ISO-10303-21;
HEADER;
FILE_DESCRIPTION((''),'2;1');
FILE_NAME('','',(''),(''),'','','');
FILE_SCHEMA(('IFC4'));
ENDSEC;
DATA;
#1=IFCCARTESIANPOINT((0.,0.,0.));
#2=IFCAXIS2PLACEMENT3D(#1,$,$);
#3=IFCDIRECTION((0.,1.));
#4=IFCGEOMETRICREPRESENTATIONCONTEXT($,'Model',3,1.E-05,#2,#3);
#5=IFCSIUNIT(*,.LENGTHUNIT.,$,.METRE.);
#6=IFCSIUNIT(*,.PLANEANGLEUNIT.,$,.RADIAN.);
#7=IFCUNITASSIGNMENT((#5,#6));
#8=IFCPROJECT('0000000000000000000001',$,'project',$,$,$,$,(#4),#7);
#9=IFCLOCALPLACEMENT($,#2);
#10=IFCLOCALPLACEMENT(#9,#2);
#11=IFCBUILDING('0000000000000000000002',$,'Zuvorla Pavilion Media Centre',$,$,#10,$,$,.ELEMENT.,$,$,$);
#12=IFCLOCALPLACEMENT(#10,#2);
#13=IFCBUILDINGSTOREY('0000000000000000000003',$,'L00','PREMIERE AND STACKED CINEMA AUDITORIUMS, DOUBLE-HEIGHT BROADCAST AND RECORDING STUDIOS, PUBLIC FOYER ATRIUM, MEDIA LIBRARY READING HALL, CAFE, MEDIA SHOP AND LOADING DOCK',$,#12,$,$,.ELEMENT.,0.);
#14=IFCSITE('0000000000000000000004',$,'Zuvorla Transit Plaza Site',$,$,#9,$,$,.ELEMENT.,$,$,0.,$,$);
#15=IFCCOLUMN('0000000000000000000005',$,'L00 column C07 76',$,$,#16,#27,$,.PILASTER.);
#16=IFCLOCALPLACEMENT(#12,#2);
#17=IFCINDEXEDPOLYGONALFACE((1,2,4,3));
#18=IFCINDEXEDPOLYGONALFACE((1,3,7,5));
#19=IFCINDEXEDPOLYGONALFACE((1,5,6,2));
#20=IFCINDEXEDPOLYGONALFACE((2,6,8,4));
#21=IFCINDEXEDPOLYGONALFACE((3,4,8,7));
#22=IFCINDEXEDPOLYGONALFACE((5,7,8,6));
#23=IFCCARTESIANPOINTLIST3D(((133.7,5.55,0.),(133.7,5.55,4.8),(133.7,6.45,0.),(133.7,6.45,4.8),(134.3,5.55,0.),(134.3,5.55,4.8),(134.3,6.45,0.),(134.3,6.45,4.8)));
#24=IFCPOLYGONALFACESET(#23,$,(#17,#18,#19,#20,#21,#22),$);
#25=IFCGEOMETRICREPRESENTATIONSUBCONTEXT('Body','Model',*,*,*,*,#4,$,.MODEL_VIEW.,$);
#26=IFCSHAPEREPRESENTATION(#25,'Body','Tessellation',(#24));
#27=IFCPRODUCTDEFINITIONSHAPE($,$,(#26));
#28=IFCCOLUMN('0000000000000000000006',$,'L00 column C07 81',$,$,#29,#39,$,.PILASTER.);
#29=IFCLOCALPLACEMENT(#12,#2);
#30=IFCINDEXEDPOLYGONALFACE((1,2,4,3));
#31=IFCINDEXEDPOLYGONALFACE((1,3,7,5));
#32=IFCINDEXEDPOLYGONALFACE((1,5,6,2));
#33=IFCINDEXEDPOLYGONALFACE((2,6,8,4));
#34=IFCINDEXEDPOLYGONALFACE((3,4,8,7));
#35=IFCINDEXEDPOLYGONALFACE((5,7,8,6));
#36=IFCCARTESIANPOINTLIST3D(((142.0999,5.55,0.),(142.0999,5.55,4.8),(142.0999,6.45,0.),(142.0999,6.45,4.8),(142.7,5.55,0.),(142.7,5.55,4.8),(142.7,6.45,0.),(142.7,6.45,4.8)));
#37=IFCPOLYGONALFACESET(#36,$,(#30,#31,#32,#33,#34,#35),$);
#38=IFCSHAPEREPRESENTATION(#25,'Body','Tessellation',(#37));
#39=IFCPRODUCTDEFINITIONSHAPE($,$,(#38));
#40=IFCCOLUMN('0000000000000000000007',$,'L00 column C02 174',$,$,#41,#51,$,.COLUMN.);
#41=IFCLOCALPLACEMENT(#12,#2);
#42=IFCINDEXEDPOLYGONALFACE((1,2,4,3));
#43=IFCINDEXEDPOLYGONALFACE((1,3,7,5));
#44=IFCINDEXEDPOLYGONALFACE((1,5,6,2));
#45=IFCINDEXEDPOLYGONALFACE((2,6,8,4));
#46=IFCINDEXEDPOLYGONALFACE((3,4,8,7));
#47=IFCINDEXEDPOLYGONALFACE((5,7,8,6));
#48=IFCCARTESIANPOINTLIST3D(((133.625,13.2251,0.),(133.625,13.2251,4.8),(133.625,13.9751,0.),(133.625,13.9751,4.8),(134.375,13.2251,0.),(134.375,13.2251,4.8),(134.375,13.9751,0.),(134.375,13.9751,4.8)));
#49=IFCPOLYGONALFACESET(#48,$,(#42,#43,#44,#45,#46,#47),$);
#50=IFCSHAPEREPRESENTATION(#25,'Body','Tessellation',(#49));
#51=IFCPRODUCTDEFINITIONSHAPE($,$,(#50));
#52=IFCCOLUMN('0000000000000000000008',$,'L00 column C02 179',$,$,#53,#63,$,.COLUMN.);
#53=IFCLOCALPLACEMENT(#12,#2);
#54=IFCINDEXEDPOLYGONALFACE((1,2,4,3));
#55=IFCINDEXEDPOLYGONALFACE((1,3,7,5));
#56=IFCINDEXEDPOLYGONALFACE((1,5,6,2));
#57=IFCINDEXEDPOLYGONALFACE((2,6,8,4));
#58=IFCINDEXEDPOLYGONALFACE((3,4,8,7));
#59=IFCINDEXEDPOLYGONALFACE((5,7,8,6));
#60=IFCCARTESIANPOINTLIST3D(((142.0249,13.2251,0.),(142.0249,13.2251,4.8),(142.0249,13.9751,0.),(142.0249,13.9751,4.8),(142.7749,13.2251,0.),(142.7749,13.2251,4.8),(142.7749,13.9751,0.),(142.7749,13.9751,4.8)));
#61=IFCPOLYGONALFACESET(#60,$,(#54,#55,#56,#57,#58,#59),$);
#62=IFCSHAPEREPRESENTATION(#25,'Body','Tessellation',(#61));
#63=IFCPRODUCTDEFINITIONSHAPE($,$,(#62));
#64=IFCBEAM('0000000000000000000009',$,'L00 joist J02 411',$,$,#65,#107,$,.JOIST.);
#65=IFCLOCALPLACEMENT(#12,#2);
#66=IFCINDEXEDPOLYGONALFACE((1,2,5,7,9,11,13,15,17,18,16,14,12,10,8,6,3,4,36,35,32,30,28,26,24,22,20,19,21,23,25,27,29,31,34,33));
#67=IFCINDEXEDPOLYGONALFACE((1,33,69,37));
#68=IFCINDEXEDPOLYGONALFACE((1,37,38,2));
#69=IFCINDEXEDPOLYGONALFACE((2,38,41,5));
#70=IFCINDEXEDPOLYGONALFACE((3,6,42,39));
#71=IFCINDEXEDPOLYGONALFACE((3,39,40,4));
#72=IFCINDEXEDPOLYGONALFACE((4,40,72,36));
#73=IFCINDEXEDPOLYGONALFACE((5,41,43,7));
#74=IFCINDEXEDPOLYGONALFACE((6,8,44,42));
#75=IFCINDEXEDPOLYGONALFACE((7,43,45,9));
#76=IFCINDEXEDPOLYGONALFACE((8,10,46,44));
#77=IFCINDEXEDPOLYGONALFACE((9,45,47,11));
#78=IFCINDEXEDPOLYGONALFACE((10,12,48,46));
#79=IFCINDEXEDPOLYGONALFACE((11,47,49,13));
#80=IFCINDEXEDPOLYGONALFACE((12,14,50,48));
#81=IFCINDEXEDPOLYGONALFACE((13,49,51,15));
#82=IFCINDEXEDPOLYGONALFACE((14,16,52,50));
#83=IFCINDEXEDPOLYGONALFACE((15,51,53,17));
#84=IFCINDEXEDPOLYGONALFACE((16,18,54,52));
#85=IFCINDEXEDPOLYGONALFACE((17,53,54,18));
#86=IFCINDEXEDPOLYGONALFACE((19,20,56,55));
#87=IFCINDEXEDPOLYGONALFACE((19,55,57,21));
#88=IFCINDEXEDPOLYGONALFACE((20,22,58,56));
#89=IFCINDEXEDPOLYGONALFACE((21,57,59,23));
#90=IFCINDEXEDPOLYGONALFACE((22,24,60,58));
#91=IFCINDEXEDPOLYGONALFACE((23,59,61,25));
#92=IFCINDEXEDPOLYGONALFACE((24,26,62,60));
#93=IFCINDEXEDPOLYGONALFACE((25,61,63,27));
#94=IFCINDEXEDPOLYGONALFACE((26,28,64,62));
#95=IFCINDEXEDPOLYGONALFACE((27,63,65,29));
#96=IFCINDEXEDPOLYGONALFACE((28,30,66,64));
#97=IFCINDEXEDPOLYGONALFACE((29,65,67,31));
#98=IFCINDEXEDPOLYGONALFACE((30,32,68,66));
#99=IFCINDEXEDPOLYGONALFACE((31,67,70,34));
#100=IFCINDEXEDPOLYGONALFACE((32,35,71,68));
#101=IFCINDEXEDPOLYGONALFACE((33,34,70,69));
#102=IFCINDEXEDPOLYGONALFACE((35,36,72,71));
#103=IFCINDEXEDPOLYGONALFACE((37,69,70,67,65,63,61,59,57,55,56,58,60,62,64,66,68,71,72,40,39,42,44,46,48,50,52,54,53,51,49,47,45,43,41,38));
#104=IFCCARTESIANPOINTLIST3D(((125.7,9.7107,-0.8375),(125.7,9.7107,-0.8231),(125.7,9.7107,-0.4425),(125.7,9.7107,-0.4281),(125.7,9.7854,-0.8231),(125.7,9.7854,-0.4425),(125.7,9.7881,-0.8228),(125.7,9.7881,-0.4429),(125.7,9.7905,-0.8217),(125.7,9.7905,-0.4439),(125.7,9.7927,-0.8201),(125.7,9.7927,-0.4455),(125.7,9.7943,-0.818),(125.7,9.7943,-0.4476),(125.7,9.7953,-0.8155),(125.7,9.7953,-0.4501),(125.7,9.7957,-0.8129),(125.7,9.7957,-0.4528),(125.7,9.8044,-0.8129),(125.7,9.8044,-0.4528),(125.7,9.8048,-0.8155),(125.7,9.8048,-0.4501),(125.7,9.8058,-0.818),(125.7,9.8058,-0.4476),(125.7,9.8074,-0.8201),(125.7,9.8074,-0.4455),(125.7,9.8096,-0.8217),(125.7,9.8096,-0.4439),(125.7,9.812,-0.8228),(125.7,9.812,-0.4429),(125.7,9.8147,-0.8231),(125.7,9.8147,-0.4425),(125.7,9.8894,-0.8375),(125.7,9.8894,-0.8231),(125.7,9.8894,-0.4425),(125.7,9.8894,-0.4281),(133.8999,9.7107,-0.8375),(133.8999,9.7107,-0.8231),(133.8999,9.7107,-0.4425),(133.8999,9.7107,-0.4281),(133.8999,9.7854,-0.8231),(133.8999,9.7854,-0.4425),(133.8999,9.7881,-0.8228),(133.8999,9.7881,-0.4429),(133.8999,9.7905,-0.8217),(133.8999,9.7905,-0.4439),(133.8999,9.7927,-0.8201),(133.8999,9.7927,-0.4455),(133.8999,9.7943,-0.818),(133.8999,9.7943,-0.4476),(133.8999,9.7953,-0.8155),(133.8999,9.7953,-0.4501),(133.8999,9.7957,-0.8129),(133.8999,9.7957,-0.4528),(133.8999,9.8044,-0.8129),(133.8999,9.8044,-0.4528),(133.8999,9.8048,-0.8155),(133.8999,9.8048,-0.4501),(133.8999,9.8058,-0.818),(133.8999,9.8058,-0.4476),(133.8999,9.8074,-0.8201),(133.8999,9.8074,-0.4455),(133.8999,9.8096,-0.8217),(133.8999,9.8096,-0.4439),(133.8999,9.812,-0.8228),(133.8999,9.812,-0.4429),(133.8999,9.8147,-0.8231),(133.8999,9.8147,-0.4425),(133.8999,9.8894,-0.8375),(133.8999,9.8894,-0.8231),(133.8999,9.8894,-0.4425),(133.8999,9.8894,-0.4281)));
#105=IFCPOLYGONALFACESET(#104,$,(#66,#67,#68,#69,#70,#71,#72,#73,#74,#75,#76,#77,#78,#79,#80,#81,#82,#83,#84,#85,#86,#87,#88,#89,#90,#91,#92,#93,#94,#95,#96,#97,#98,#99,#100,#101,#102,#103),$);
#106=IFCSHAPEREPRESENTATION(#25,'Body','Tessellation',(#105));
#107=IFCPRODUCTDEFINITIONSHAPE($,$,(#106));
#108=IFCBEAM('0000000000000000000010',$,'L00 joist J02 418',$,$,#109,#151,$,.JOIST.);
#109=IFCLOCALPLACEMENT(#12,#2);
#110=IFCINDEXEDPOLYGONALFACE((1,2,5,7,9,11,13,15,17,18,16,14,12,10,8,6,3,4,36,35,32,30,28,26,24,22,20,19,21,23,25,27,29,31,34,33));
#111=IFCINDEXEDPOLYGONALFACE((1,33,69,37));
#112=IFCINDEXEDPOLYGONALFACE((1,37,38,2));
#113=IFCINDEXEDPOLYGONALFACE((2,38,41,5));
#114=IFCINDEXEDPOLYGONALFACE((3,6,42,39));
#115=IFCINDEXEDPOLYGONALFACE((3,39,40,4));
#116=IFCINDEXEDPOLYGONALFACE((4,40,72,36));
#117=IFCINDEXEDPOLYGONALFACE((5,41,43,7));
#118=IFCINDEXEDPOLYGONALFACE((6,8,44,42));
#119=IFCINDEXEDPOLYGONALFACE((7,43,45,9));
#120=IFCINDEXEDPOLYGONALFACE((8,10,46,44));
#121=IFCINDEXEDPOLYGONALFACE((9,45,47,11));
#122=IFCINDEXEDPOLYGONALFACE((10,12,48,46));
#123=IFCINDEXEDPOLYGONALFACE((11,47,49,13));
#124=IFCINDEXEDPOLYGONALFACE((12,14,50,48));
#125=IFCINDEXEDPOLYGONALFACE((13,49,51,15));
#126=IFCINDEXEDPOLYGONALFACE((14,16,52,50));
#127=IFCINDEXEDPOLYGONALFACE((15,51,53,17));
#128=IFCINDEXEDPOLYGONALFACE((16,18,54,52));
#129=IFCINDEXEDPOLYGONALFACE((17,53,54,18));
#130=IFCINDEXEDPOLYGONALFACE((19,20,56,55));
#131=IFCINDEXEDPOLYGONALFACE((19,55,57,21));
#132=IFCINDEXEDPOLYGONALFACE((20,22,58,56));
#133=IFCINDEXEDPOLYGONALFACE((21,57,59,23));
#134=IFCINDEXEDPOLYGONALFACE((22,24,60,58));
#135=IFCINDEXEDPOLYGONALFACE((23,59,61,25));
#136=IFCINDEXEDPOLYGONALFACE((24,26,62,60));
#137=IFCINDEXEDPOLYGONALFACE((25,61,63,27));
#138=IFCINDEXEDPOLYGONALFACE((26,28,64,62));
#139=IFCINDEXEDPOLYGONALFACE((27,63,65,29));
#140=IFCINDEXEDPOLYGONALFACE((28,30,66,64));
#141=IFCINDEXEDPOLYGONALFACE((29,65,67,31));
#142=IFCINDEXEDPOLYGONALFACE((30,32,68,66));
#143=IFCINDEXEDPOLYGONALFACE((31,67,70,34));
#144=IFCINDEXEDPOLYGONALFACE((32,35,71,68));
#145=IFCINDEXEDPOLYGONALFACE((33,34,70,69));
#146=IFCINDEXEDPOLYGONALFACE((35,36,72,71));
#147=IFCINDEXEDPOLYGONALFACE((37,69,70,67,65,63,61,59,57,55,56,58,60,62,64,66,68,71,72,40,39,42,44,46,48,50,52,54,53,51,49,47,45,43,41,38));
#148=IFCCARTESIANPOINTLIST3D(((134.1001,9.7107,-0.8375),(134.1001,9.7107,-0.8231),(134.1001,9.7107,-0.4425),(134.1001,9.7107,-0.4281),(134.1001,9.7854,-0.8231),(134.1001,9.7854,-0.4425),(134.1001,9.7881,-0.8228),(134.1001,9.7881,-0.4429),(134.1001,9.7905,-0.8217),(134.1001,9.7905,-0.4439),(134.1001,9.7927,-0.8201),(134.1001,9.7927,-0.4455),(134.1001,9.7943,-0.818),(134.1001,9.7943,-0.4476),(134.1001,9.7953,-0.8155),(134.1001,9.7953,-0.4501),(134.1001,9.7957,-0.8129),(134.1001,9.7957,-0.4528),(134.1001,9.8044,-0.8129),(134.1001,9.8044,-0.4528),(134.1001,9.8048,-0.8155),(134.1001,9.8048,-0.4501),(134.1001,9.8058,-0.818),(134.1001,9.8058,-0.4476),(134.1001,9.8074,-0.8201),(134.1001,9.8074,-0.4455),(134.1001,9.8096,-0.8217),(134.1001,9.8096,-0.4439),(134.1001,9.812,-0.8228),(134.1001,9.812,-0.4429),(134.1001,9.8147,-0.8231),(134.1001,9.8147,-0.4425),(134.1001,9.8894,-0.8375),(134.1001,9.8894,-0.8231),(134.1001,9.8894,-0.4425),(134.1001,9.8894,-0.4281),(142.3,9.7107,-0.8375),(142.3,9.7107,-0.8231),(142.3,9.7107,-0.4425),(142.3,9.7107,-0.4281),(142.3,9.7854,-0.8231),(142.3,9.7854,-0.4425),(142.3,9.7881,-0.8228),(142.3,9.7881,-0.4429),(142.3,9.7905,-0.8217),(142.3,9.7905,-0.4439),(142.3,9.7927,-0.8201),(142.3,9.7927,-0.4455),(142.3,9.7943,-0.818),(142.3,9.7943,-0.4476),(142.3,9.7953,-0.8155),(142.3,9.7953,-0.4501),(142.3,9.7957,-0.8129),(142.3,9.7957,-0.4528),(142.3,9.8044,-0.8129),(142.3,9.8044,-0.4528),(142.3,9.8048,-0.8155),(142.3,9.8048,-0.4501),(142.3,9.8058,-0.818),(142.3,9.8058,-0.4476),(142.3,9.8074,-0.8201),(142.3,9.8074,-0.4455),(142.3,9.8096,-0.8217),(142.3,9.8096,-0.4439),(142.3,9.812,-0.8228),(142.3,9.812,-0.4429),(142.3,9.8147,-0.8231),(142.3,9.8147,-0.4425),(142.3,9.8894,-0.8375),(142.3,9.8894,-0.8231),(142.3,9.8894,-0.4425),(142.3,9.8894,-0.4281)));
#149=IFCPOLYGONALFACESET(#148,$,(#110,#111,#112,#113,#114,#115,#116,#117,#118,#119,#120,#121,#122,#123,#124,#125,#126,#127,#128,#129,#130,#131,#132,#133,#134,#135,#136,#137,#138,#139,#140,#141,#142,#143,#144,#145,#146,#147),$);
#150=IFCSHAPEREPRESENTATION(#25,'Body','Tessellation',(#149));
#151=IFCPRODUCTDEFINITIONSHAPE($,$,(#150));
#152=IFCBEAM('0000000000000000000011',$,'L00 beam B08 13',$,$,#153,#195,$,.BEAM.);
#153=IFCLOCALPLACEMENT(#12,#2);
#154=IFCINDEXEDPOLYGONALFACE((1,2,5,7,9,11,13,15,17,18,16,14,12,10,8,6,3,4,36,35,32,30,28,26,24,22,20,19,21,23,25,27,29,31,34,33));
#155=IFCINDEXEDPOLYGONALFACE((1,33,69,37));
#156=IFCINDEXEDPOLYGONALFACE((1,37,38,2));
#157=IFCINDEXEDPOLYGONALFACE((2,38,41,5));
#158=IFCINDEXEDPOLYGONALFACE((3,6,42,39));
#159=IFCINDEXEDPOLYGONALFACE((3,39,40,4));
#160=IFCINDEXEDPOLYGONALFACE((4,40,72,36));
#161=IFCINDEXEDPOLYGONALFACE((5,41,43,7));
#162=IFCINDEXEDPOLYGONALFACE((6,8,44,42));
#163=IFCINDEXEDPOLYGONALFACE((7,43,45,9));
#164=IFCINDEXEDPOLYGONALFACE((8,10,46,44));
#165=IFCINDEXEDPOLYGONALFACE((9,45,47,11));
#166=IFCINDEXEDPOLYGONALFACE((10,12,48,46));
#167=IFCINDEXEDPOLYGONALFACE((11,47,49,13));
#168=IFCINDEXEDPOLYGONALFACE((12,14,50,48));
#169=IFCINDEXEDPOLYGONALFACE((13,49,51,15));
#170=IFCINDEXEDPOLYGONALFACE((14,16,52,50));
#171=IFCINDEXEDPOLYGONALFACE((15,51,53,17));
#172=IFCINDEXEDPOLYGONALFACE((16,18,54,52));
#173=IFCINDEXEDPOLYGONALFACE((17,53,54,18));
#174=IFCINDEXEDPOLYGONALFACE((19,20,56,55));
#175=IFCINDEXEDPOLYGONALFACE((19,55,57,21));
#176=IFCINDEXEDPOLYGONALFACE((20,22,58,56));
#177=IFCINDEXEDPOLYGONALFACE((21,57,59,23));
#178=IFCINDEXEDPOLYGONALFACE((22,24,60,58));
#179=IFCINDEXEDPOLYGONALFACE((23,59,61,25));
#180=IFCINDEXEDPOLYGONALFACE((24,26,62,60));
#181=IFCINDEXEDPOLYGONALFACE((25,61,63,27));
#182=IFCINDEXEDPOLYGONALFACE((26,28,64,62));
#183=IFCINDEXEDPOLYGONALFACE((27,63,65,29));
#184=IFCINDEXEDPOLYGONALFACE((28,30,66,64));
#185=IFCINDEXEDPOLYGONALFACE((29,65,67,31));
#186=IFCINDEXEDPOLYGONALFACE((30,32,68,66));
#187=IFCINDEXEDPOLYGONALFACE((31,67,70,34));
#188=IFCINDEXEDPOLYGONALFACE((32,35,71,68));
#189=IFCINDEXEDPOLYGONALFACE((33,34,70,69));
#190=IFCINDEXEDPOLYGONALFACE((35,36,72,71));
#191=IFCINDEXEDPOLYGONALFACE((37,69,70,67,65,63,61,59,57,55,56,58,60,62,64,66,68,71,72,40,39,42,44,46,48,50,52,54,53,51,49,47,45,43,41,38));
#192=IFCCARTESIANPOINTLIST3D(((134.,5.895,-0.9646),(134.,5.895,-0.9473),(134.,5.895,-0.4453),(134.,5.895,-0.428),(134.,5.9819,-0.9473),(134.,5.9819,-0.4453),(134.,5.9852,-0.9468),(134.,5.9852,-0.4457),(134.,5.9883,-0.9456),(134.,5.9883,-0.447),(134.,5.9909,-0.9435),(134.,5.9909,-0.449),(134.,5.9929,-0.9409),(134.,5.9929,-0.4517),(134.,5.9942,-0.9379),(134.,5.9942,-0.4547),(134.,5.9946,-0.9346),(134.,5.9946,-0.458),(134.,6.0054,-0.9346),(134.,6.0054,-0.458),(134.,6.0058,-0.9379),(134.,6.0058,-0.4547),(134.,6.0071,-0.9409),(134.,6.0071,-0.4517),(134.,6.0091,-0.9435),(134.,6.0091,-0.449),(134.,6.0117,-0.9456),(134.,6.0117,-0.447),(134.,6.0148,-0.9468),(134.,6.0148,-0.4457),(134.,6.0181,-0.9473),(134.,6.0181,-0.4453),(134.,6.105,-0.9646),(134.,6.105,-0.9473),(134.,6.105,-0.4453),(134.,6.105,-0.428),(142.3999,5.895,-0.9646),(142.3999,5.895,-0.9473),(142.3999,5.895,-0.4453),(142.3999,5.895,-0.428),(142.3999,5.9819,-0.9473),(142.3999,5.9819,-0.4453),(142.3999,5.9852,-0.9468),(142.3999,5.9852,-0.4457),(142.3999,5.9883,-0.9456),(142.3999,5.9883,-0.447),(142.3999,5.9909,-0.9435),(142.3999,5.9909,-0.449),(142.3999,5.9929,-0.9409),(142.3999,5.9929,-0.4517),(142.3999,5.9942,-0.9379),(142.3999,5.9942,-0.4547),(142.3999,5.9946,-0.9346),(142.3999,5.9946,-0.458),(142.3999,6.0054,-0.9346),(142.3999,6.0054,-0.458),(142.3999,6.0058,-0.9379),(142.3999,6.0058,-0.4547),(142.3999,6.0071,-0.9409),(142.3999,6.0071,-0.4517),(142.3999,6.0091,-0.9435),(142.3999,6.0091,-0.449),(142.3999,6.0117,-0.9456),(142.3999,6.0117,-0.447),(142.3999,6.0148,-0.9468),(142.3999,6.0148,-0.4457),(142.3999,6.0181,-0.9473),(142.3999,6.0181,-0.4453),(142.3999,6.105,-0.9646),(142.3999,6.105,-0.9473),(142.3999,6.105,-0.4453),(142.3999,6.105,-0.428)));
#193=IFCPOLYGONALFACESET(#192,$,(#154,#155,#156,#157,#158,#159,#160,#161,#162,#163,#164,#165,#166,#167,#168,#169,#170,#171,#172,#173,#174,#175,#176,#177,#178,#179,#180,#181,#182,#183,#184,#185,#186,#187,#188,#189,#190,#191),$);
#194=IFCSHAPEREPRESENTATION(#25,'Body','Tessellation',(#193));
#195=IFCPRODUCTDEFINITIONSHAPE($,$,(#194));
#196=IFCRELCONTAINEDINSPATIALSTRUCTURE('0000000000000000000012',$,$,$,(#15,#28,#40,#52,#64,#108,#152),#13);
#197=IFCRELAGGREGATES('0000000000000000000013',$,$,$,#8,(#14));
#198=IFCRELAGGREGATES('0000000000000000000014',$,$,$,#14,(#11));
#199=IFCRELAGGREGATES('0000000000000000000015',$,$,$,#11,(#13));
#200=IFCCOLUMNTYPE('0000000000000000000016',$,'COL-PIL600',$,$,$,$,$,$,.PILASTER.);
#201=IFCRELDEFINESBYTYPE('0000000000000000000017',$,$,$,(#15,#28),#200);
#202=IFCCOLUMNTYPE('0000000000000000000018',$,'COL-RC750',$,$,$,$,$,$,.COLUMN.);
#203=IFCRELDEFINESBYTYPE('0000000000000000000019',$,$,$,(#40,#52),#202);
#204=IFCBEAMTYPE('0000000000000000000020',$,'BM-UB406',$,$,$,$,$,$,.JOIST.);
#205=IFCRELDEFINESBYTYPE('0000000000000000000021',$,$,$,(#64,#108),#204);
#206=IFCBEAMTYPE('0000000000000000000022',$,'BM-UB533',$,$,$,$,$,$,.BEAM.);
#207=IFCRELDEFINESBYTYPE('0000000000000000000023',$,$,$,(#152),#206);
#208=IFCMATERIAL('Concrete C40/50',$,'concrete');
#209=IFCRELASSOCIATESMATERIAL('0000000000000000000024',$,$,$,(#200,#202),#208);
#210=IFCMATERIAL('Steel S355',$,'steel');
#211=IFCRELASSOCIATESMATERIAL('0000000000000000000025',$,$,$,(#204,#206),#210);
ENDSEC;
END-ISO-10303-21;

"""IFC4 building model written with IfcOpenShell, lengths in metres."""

from ifc_helpers import new_model, si_unit, direction, frame, origin, origin_2d, place, context, subcontext, project, spatial, rectangle, i_section, extrude, material, material_profile, profile_set, type_object, element, save


model = new_model("IFC4")

# Units and contexts
model_context = context("Model", 3, precision=1e-05, world=origin(), true_north=direction((0.0, 1.0)))
body_context = subcontext(model_context, "Body", "Model", "MODEL_VIEW")
ifc_project = project(units=[si_unit("LENGTHUNIT", "METRE"), si_unit("PLANEANGLEUNIT", "RADIAN")], contexts=[model_context])

# Site, building, storey
site_placement = place(None, origin())
site = spatial("IfcSite", under=ifc_project, at=site_placement, Name="Zuvorla Transit Plaza Site", CompositionType="ELEMENT", RefElevation=0.0)
building_placement = place(site_placement, origin())
building = spatial("IfcBuilding", under=site, at=building_placement, Name="Zuvorla Pavilion Media Centre", CompositionType="ELEMENT")
storey_placement = place(building_placement, origin())
storey = spatial("IfcBuildingStorey", under=building, at=storey_placement, Name="L00", Description="PREMIERE AND STACKED CINEMA AUDITORIUMS, DOUBLE-HEIGHT BROADCAST AND RECORDING STUDIOS, PUBLIC FOYER ATRIUM, MEDIA LIBRARY READING HALL, CAFE, MEDIA SHOP AND LOADING DOCK", CompositionType="ELEMENT", Elevation=0.0)

# Columns
ifc_material_1 = material(Name="Concrete C40/50", Category="concrete")
ifc_material_profile_1 = material_profile(ifc_material_1, rectangle(XDim=0.6001, YDim=0.8999, at=origin_2d()), Name="RC 600x900")
ifc_profile_set_1 = profile_set([ifc_material_profile_1], Name="Concrete C40/50")
column_type_1 = type_object("IfcColumnType", Name="COL-PIL600", PredefinedType="PILASTER", material=ifc_profile_set_1)
for number, where, z_axis, x_axis, name in (
    (1, (134.0, 6.0, 0.0), (0.0, 0.0, 1.0), (1.0, 0.0, 0.0), "L00 column C07 76"),
    (2, (142.3999, 6.0, 0.0), (0.0, 0.0, 1.0), (1.0, 0.0, 0.0), "L00 column C07 81"),
):
    element("IfcColumn", number, at=place(storey_placement, frame(where, z_axis=z_axis, x_axis=x_axis)), inside=storey, type_object=column_type_1, Name=name, PredefinedType="PILASTER", context=body_context, shape_type="SweptSolid", body=[
        extrude(rectangle(XDim=0.6001, YDim=0.8999, at=origin_2d()), origin(), (0.0, 0.0, 1.0), 4.8),
    ])
ifc_material_profile_2 = material_profile(ifc_material_1, rectangle(XDim=0.75, YDim=0.75, at=origin_2d()), Name="RC 750x750")
ifc_profile_set_2 = profile_set([ifc_material_profile_2], Name="Concrete C40/50")
column_type_2 = type_object("IfcColumnType", Name="COL-RC750", PredefinedType="COLUMN", material=ifc_profile_set_2)
for number, where, z_axis, x_axis, name in (
    (3, (134.0, 13.6001, 0.0), (0.0, 0.0, 1.0), (1.0, 0.0, 0.0), "L00 column C02 174"),
    (4, (142.3999, 13.6001, 0.0), (0.0, 0.0, 1.0), (1.0, 0.0, 0.0), "L00 column C02 179"),
):
    element("IfcColumn", number, at=place(storey_placement, frame(where, z_axis=z_axis, x_axis=x_axis)), inside=storey, type_object=column_type_2, Name=name, PredefinedType="COLUMN", context=body_context, shape_type="SweptSolid", body=[
        extrude(rectangle(XDim=0.75, YDim=0.75, at=origin_2d()), origin(), (0.0, 0.0, 1.0), 4.8),
    ])

# Beams
ifc_material_2 = material(Name="Steel S355", Category="steel")
ifc_material_profile_3 = material_profile(ifc_material_2, i_section(OverallWidth=0.1787, OverallDepth=0.4094, WebThickness=0.0088, FlangeThickness=0.0144, FilletRadius=0.0103, at=origin_2d()), Name="UB 406x178x67")
ifc_profile_set_3 = profile_set([ifc_material_profile_3], Name="Steel S355")
beam_type_1 = type_object("IfcBeamType", Name="BM-UB406", PredefinedType="JOIST", material=ifc_profile_set_3)
for number, where, z_axis, x_axis, name in (
    (5, (125.7, 9.8, -0.6328), (1.0, 0.0, 0.0), (0.0, 1.0, 0.0), "L00 joist J02 411"),
    (6, (134.1001, 9.8, -0.6328), (1.0, 0.0, 0.0), (0.0, 1.0, 0.0), "L00 joist J02 418"),
):
    element("IfcBeam", number, at=place(storey_placement, frame(where, z_axis=z_axis, x_axis=x_axis)), inside=storey, type_object=beam_type_1, Name=name, PredefinedType="JOIST", context=body_context, shape_type="SweptSolid", body=[
        extrude(i_section(OverallWidth=0.1787, OverallDepth=0.4094, WebThickness=0.0088, FlangeThickness=0.0144, FilletRadius=0.0103, at=origin_2d()), origin(), (0.0, 0.0, 1.0), 8.2),
    ])
ifc_material_profile_4 = material_profile(ifc_material_2, i_section(OverallWidth=0.21, OverallDepth=0.5366, WebThickness=0.0107, FlangeThickness=0.0173, FilletRadius=0.0127, at=origin_2d()), Name="UB 533x210x101")
ifc_profile_set_4 = profile_set([ifc_material_profile_4], Name="Steel S355")
beam_type_2 = type_object("IfcBeamType", Name="BM-UB533", PredefinedType="BEAM", material=ifc_profile_set_4)
beam_1_placement = place(storey_placement, frame((134.0, 6.0, -0.6963), z_axis=(1.0, 0.0, 0.0), x_axis=(0.0, 1.0, 0.0)))
element("IfcBeam", 7, at=beam_1_placement, inside=storey, type_object=beam_type_2, Name="L00 beam B08 13", PredefinedType="BEAM", context=body_context, shape_type="SweptSolid", body=[
    extrude(i_section(OverallWidth=0.21, OverallDepth=0.5366, WebThickness=0.0107, FlangeThickness=0.0173, FilletRadius=0.0127, at=origin_2d()), origin(), (0.0, 0.0, 1.0), 8.3999),
])

save(model, "model.ifc")
